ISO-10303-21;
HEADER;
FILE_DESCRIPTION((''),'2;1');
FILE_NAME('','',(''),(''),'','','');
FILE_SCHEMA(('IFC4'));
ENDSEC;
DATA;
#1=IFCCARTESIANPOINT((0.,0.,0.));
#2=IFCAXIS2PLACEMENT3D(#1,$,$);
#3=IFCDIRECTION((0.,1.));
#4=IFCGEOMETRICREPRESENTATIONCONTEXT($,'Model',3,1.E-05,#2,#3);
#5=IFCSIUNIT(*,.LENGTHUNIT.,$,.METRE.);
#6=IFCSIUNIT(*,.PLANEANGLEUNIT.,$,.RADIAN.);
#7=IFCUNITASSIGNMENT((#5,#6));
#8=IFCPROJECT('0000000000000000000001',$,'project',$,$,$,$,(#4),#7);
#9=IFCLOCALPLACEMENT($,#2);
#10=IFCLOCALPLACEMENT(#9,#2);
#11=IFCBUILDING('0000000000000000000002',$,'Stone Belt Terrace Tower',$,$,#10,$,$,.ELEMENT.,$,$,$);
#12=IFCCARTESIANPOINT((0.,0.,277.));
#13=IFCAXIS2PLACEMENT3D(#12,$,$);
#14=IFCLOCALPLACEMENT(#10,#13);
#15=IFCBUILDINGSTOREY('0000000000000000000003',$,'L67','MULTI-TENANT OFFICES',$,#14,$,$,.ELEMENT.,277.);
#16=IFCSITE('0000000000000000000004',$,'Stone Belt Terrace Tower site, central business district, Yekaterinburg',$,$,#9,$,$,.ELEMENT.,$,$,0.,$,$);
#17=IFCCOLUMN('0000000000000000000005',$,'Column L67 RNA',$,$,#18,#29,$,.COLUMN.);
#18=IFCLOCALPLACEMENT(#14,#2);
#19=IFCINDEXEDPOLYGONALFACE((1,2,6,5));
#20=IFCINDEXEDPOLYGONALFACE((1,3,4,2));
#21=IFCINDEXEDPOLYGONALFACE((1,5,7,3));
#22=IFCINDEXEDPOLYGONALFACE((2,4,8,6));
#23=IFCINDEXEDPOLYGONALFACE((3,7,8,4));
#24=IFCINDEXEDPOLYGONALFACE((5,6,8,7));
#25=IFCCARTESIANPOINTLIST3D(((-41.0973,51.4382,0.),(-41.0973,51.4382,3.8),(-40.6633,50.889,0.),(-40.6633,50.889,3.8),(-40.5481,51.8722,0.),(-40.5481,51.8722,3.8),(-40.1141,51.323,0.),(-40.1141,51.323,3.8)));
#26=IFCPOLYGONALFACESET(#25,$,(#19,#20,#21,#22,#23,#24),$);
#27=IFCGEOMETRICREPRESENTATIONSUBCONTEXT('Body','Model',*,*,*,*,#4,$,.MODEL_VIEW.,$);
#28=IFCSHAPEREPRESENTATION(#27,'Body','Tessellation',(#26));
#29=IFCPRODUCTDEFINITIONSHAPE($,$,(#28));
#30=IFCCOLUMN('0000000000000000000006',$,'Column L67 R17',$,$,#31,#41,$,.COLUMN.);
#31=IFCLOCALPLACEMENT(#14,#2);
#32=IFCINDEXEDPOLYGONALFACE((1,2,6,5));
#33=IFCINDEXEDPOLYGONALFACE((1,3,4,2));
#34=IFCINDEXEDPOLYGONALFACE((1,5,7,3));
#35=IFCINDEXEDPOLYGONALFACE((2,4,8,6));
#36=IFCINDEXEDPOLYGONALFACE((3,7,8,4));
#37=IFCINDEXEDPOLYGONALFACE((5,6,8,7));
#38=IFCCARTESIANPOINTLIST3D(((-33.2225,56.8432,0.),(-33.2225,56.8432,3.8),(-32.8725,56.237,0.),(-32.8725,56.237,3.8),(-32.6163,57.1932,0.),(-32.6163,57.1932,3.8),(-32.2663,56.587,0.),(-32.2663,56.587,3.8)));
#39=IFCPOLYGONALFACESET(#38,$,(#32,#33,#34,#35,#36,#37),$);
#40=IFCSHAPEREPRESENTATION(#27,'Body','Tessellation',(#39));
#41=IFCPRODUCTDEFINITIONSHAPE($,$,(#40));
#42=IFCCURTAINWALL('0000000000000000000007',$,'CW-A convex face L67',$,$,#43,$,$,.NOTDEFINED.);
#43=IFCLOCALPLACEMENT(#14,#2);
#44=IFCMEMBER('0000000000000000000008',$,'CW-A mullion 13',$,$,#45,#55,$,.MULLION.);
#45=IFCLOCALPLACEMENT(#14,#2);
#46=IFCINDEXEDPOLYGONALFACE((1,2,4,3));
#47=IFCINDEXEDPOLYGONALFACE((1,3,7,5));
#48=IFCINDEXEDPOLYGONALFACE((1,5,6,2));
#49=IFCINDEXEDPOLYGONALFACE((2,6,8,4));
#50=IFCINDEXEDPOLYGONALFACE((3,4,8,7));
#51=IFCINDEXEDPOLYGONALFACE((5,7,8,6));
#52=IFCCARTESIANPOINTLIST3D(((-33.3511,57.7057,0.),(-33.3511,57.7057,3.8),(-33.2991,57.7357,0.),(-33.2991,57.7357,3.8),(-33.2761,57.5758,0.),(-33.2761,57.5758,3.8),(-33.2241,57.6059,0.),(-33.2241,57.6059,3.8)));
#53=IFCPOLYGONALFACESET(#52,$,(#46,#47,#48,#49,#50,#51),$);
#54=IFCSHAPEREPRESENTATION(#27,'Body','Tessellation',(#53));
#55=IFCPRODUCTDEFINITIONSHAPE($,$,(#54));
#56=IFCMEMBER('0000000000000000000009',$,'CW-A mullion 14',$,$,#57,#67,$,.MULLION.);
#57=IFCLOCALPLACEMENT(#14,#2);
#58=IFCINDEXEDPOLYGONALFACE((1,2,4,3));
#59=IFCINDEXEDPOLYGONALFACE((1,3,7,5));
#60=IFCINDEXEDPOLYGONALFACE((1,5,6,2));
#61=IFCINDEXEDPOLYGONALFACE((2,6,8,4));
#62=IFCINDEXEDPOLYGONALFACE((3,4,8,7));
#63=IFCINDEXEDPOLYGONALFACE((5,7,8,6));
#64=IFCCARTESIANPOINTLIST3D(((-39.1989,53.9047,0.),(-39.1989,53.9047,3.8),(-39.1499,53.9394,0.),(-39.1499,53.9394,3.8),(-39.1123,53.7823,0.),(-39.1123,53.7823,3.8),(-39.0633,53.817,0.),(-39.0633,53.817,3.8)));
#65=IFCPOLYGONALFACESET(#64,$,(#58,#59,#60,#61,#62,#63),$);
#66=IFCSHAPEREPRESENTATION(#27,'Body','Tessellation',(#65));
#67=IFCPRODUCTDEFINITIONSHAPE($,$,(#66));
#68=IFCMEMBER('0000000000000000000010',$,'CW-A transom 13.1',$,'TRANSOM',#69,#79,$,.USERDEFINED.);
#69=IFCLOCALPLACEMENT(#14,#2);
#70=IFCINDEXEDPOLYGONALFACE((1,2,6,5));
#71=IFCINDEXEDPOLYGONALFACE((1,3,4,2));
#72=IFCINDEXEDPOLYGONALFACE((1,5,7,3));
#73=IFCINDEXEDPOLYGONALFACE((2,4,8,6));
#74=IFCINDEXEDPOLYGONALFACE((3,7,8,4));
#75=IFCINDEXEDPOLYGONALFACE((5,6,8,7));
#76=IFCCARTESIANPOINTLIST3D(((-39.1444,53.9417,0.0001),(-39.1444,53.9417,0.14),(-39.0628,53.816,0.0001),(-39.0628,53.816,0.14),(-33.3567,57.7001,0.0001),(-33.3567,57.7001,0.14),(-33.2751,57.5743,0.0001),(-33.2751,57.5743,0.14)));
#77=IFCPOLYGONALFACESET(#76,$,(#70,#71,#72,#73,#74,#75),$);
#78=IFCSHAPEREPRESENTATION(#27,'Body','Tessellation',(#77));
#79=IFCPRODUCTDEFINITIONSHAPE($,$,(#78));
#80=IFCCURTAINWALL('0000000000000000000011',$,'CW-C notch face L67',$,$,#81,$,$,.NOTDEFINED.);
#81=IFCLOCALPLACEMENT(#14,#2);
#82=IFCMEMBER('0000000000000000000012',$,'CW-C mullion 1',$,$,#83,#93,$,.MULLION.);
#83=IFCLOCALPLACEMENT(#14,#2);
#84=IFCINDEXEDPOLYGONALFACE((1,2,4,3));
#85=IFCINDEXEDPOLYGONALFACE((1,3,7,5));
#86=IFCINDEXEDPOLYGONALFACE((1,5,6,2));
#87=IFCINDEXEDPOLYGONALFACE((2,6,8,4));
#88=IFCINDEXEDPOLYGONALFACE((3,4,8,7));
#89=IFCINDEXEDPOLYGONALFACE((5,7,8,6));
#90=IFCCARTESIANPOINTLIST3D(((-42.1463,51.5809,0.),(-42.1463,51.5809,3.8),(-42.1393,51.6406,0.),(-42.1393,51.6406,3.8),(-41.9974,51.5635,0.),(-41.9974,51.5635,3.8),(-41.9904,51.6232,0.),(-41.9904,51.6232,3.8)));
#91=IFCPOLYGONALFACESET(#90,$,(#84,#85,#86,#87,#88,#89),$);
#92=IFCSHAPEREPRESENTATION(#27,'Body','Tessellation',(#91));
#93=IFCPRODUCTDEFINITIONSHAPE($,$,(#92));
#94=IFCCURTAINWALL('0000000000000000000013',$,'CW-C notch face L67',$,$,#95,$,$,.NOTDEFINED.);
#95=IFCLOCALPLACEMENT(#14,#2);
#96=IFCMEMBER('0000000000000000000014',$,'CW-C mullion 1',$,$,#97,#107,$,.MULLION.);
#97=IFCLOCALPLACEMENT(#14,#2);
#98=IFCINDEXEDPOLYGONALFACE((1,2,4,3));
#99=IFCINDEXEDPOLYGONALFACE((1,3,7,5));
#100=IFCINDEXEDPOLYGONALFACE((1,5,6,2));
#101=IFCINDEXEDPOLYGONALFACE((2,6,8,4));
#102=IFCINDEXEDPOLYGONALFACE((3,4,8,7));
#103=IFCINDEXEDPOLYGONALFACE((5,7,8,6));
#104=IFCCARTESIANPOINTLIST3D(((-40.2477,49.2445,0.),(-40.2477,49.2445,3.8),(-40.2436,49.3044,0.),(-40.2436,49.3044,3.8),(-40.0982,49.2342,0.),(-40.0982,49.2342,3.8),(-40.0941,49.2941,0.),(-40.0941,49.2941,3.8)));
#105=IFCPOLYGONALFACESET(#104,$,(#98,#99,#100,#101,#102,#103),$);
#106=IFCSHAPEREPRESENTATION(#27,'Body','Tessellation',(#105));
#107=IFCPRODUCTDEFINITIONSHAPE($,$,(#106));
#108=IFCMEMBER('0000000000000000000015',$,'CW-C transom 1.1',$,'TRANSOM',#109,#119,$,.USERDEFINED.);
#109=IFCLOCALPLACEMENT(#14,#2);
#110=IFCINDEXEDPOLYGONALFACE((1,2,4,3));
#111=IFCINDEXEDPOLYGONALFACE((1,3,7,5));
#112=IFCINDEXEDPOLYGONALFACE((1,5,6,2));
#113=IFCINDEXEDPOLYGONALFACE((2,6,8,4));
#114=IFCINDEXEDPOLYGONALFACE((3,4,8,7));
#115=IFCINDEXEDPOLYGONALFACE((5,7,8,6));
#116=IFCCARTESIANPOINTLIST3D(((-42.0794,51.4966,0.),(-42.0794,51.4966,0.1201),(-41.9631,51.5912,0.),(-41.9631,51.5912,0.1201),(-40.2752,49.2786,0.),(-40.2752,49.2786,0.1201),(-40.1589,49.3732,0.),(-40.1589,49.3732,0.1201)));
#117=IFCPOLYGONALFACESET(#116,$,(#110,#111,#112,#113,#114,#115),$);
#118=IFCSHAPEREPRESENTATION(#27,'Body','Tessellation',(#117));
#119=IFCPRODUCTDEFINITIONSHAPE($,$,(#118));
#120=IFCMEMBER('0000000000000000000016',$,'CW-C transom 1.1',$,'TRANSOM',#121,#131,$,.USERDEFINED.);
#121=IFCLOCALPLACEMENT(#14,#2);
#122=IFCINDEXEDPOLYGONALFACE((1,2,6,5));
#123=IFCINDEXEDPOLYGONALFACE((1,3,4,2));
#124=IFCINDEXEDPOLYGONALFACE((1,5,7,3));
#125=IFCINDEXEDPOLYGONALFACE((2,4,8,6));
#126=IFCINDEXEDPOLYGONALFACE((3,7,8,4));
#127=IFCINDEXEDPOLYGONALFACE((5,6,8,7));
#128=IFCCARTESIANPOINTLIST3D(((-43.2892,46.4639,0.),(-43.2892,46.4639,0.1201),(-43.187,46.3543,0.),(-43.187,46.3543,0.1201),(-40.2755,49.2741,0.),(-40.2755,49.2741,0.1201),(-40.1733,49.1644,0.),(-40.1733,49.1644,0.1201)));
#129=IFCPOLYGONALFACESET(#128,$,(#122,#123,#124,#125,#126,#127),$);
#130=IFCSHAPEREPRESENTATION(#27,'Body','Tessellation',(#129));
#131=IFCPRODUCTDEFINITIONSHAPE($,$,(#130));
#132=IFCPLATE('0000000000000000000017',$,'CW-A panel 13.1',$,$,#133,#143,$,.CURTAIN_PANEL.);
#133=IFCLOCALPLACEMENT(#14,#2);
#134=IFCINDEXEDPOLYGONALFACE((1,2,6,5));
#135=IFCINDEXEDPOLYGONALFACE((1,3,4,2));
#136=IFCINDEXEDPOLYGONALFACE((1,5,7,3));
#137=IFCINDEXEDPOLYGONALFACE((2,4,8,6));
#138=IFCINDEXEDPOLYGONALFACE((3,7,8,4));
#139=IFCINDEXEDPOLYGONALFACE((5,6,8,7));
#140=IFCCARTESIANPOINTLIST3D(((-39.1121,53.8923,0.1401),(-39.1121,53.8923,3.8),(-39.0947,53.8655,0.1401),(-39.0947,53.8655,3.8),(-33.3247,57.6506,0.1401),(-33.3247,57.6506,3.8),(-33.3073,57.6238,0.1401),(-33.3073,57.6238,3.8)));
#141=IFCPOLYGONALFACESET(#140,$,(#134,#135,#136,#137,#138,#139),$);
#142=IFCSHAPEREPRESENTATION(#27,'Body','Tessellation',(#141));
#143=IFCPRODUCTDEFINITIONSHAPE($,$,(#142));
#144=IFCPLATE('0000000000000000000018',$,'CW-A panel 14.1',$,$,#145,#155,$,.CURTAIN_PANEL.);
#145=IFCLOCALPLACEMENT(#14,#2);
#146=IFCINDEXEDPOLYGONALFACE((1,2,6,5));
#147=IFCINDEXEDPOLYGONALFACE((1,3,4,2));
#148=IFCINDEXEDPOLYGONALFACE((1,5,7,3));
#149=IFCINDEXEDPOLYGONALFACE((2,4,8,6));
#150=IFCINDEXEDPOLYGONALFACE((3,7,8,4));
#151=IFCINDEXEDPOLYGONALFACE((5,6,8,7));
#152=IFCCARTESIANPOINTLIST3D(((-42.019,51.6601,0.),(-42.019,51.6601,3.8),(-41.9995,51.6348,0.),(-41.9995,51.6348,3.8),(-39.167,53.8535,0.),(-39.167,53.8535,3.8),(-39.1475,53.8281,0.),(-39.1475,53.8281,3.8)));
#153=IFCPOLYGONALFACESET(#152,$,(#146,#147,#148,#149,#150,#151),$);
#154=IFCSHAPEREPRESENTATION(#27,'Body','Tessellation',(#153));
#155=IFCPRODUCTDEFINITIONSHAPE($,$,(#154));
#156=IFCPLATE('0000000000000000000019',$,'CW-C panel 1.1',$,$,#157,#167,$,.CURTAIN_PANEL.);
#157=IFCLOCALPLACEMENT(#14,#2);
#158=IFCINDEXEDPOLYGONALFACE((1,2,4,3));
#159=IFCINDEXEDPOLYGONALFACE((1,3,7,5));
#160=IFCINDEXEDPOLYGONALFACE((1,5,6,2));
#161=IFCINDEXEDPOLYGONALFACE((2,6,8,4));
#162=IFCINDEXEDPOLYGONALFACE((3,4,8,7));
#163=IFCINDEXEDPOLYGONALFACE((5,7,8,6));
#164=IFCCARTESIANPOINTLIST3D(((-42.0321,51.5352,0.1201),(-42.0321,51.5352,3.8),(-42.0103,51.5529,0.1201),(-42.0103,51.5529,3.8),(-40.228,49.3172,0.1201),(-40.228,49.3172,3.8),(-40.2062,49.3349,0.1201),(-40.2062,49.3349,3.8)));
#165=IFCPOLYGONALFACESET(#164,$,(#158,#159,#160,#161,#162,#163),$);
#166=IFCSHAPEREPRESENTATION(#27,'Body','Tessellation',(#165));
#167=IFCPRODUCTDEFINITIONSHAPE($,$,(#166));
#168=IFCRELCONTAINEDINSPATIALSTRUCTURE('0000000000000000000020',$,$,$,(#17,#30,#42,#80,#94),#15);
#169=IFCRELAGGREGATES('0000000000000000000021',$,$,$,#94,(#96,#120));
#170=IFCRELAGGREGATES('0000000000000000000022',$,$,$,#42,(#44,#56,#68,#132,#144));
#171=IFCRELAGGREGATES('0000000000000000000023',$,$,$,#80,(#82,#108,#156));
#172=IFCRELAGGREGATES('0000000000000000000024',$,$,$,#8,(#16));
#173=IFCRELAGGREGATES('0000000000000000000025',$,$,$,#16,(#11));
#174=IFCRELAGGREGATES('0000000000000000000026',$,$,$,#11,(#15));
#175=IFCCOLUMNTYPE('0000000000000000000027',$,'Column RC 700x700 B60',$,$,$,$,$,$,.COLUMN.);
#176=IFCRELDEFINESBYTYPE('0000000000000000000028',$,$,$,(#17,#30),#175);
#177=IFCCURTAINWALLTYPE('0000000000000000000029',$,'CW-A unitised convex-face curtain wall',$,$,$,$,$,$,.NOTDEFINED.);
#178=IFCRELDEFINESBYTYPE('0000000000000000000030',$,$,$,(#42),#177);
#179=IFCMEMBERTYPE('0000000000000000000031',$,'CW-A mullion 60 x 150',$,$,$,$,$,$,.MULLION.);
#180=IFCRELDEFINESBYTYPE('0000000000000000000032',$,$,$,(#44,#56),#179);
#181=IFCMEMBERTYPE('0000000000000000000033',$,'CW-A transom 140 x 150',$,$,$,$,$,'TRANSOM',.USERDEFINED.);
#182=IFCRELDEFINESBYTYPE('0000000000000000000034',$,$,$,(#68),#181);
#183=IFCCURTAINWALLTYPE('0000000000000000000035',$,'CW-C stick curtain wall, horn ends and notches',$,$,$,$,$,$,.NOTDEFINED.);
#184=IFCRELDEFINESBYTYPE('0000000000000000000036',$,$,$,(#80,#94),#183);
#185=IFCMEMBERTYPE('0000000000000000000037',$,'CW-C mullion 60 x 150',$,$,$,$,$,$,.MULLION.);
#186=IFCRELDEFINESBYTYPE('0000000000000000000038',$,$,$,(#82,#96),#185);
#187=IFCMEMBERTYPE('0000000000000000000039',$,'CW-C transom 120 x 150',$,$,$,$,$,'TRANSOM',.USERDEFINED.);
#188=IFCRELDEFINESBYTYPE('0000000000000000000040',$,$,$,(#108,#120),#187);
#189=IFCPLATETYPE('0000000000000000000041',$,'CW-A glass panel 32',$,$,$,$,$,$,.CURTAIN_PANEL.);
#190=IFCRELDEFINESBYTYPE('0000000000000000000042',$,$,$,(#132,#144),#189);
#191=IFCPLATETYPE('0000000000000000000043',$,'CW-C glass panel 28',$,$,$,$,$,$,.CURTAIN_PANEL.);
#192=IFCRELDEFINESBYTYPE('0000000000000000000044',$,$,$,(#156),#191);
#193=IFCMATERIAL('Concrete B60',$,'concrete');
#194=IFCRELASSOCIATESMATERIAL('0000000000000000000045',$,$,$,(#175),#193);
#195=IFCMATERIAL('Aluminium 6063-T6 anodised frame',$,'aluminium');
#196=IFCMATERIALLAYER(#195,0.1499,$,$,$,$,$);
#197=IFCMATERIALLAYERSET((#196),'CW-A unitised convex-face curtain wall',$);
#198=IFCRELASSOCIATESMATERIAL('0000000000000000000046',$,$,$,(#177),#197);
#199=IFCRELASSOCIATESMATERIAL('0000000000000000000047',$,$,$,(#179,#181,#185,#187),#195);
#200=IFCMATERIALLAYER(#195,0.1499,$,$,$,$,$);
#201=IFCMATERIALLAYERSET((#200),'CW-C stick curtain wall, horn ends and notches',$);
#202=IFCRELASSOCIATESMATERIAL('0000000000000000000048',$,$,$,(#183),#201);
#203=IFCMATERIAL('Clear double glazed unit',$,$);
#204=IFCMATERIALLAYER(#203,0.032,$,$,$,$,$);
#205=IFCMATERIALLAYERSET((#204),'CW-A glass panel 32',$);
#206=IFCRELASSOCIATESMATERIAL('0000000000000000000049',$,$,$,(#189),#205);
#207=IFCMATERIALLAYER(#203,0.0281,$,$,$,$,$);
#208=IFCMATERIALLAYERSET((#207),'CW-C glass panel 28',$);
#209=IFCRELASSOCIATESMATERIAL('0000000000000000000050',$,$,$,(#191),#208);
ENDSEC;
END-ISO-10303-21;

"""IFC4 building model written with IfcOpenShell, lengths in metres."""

from ifc_helpers import new_model, si_unit, direction, frame, origin, origin_2d, place, context, subcontext, project, spatial, rectangle, extrude, material, layer, layer_set, material_profile, profile_set, type_object, element, aggregate, save


model = new_model("IFC4")

# Units and contexts
model_context = context("Model", 3, precision=1e-05, world=origin(), true_north=direction((0.0, 1.0)))
body_context = subcontext(model_context, "Body", "Model", "MODEL_VIEW")
ifc_project = project(units=[si_unit("LENGTHUNIT", "METRE"), si_unit("PLANEANGLEUNIT", "RADIAN")], contexts=[model_context])

# Site, building, storey
site_placement = place(None, origin())
site = spatial("IfcSite", under=ifc_project, at=site_placement, Name="Stone Belt Terrace Tower site, central business district, Yekaterinburg", CompositionType="ELEMENT", RefElevation=0.0)
building_placement = place(site_placement, origin())
building = spatial("IfcBuilding", under=site, at=building_placement, Name="Stone Belt Terrace Tower", CompositionType="ELEMENT")
storey_placement = place(building_placement, frame((0.0, 0.0, 277.0)))
storey = spatial("IfcBuildingStorey", under=building, at=storey_placement, Name="L67", Description="MULTI-TENANT OFFICES", CompositionType="ELEMENT", Elevation=277.0)

# Columns
ifc_material_1 = material(Name="Concrete B60", Category="concrete")
ifc_material_profile_1 = material_profile(ifc_material_1, rectangle(XDim=0.7, YDim=0.7, at=origin_2d()), Name="RC 700x700")
ifc_profile_set_1 = profile_set([ifc_material_profile_1], Name="Concrete B60")
column_type = type_object("IfcColumnType", Name="Column RC 700x700 B60", PredefinedType="COLUMN", material=ifc_profile_set_1)
for number, where, z_axis, x_axis, name in (
    (1, (-40.6057, 51.3806, 0.0), (0.0, 0.0, 1.0), (0.78457, 0.620041, 0.0), "Column L67 RNA"),
    (2, (-32.7444, 56.7151, 0.0), (0.0, 0.0, 1.0), (0.866025, 0.5, 0.0), "Column L67 R17"),
):
    element("IfcColumn", number, at=place(storey_placement, frame(where, z_axis=z_axis, x_axis=x_axis)), inside=storey, type_object=column_type, Name=name, PredefinedType="COLUMN", context=body_context, shape_type="SweptSolid", body=[
        extrude(rectangle(XDim=0.7, YDim=0.7, at=origin_2d()), origin(), (0.0, 0.0, 1.0), 3.8),
    ])

# Curtain wall, members
ifc_material_2 = material(Name="Aluminium 6063-T6 anodised frame", Category="aluminium")
ifc_layer_1 = layer(ifc_material_2, 0.1499)
ifc_layer_set_1 = layer_set([ifc_layer_1], Name="CW-A unitised convex-face curtain wall")
curtain_wall_type_1 = type_object("IfcCurtainWallType", Name="CW-A unitised convex-face curtain wall", PredefinedType="NOTDEFINED", material=ifc_layer_set_1)
curtain_wall_1_placement = place(storey_placement, origin())
curtain_wall_1 = element("IfcCurtainWall", 3, at=curtain_wall_1_placement, inside=storey, type_object=curtain_wall_type_1, Name="CW-A convex face L67", PredefinedType="NOTDEFINED")
ifc_material_profile_2 = material_profile(ifc_material_2, rectangle(XDim=0.1499, YDim=0.0601, at=origin_2d()), Name="Aluminium 6063-T6 60x150")
ifc_profile_set_2 = profile_set([ifc_material_profile_2], Name="Aluminium 6063-T6 anodised frame")
member_type_1 = type_object("IfcMemberType", Name="CW-A mullion 60 x 150", PredefinedType="MULLION", material=ifc_profile_set_2)
member_1_placement = place(storey_placement, frame((-33.2876, 57.6558, 0.0), z_axis=(0.0, 0.0, 1.0), x_axis=(0.5, -0.866025, 0.0)))
member_1 = element("IfcMember", 4, at=member_1_placement, type_object=member_type_1, Name="CW-A mullion 13", PredefinedType="MULLION", context=body_context, shape_type="SweptSolid", body=[
    extrude(rectangle(XDim=0.1499, YDim=0.0601, at=origin_2d()), origin(), (0.0, 0.0, 1.0), 3.8),
])
member_2_placement = place(storey_placement, frame((-39.1311, 53.8608, 0.0), z_axis=(0.0, 0.0, 1.0), x_axis=(0.577587, -0.816329, 0.0)))
member_2 = element("IfcMember", 5, at=member_2_placement, type_object=member_type_1, Name="CW-A mullion 14", PredefinedType="MULLION", context=body_context, shape_type="SweptSolid", body=[
    extrude(rectangle(XDim=0.1499, YDim=0.0601, at=origin_2d()), origin(), (0.0, 0.0, 1.0), 3.8),
])
ifc_material_profile_3 = material_profile(ifc_material_2, rectangle(XDim=0.1499, YDim=0.1399, at=origin_2d()), Name="Aluminium 6063-T6 150x140")
ifc_profile_set_3 = profile_set([ifc_material_profile_3], Name="Aluminium 6063-T6 anodised frame")
member_type_2 = type_object("IfcMemberType", Name="CW-A transom 140 x 150", ElementType="TRANSOM", PredefinedType="USERDEFINED", material=ifc_profile_set_3)
member_3_placement = place(storey_placement, frame((-33.3159, 57.6372, 0.0701), z_axis=(-0.838684, -0.544618, 0.0), x_axis=(0.544618, -0.838684, 0.0)))
member_3 = element("IfcMember", 6, at=member_3_placement, type_object=member_type_2, Name="CW-A transom 13.1", ObjectType="TRANSOM", PredefinedType="USERDEFINED", context=body_context, shape_type="SweptSolid", body=[
    extrude(rectangle(XDim=0.1499, YDim=0.1399, at=origin_2d()), origin(), (0.0, 0.0, 1.0), 6.9009),
])

# Curtain walls, members
ifc_layer_2 = layer(ifc_material_2, 0.1499)
ifc_layer_set_2 = layer_set([ifc_layer_2], Name="CW-C stick curtain wall, horn ends and notches")
curtain_wall_type_2 = type_object("IfcCurtainWallType", Name="CW-C stick curtain wall, horn ends and notches", PredefinedType="NOTDEFINED", material=ifc_layer_set_2)
curtain_wall_2_placement = place(storey_placement, origin())
curtain_wall_2 = element("IfcCurtainWall", 7, at=curtain_wall_2_placement, inside=storey, type_object=curtain_wall_type_2, Name="CW-C notch face L67", PredefinedType="NOTDEFINED")
ifc_material_profile_4 = material_profile(ifc_material_2, rectangle(XDim=0.1499, YDim=0.0601, at=origin_2d()), Name="Aluminium 6063-T6 60x150")
ifc_profile_set_4 = profile_set([ifc_material_profile_4], Name="Aluminium 6063-T6 anodised frame")
member_type_3 = type_object("IfcMemberType", Name="CW-C mullion 60 x 150", PredefinedType="MULLION", material=ifc_profile_set_4)
member_4_placement = place(storey_placement, frame((-42.0684, 51.6021, 0.0), z_axis=(0.0, 0.0, 1.0), x_axis=(0.993258, -0.115925, 0.0)))
member_4 = element("IfcMember", 8, at=member_4_placement, type_object=member_type_3, Name="CW-C mullion 1", PredefinedType="MULLION", context=body_context, shape_type="SweptSolid", body=[
    extrude(rectangle(XDim=0.1499, YDim=0.0601, at=origin_2d()), origin(), (0.0, 0.0, 1.0), 3.8),
])
curtain_wall_3_placement = place(storey_placement, origin())
curtain_wall_3 = element("IfcCurtainWall", 9, at=curtain_wall_3_placement, inside=storey, type_object=curtain_wall_type_2, Name="CW-C notch face L67", PredefinedType="NOTDEFINED")
member_5_placement = place(storey_placement, frame((-40.1709, 49.2693, 0.0), z_axis=(0.0, 0.0, 1.0), x_axis=(0.99764, -0.068666, 0.0)))
member_5 = element("IfcMember", 10, at=member_5_placement, type_object=member_type_3, Name="CW-C mullion 1", PredefinedType="MULLION", context=body_context, shape_type="SweptSolid", body=[
    extrude(rectangle(XDim=0.1499, YDim=0.0601, at=origin_2d()), origin(), (0.0, 0.0, 1.0), 3.8),
])

# Members
ifc_material_profile_5 = material_profile(ifc_material_2, rectangle(XDim=0.1499, YDim=0.1201, at=origin_2d()), Name="Aluminium 6063-T6 150x120")
ifc_profile_set_5 = profile_set([ifc_material_profile_5], Name="Aluminium 6063-T6 anodised frame")
member_type_4 = type_object("IfcMemberType", Name="CW-C transom 120 x 150", ElementType="TRANSOM", PredefinedType="USERDEFINED", material=ifc_profile_set_5)
member_6_placement = place(storey_placement, frame((-42.0212, 51.5439, 0.0601), z_axis=(0.631027, -0.775761, 0.0), x_axis=(0.775761, 0.631027, 0.0)))
member_6 = element("IfcMember", 11, at=member_6_placement, type_object=member_type_4, Name="CW-C transom 1.1", ObjectType="TRANSOM", PredefinedType="USERDEFINED", context=body_context, shape_type="SweptSolid", body=[
    extrude(rectangle(XDim=0.1499, YDim=0.1201, at=origin_2d()), origin(), (0.0, 0.0, 1.0), 2.8591),
])
member_7_placement = place(storey_placement, frame((-40.2244, 49.2192, 0.0601), z_axis=(-0.731382, -0.681968, 0.0), x_axis=(0.681968, -0.731382, 0.0)))
member_7 = element("IfcMember", 12, at=member_7_placement, type_object=member_type_4, Name="CW-C transom 1.1", ObjectType="TRANSOM", PredefinedType="USERDEFINED", context=body_context, shape_type="SweptSolid", body=[
    extrude(rectangle(XDim=0.1499, YDim=0.1201, at=origin_2d()), origin(), (0.0, 0.0, 1.0), 4.1206),
])
aggregate(curtain_wall_3, [member_5, member_7])

# Plates
ifc_material_3 = material(Name="Clear double glazed unit")
ifc_layer_3 = layer(ifc_material_3, 0.032)
ifc_layer_set_3 = layer_set([ifc_layer_3], Name="CW-A glass panel 32")
plate_type_1 = type_object("IfcPlateType", Name="CW-A glass panel 32", PredefinedType="CURTAIN_PANEL", material=ifc_layer_set_3)
plate_1_placement = place(storey_placement, frame((-36.2097, 55.7581, 0.1401), z_axis=(0.0, 0.0, 1.0), x_axis=(-0.838671, -0.544639, 0.0)))
plate_1 = element("IfcPlate", 13, at=plate_1_placement, type_object=plate_type_1, Name="CW-A panel 13.1", PredefinedType="CURTAIN_PANEL", context=body_context, shape_type="SweptSolid", body=[
    extrude(rectangle(XDim=6.9006, YDim=0.032, at=origin_2d()), origin(), (0.0, 0.0, 1.0), 3.6599),
])
plate_2_placement = place(storey_placement, frame((-40.5833, 52.7441, 0.0), z_axis=(0.0, 0.0, 1.0), x_axis=(-0.792694, -0.60962, 0.0)))
plate_2 = element("IfcPlate", 14, at=plate_2_placement, type_object=plate_type_1, Name="CW-A panel 14.1", PredefinedType="CURTAIN_PANEL", context=body_context, shape_type="SweptSolid", body=[
    extrude(rectangle(XDim=3.5979, YDim=0.032, at=origin_2d()), origin(), (0.0, 0.0, 1.0), 3.8),
])
aggregate(curtain_wall_1, [member_1, member_2, member_3, plate_1, plate_2])
ifc_layer_4 = layer(ifc_material_3, 0.0281)
ifc_layer_set_4 = layer_set([ifc_layer_4], Name="CW-C glass panel 28")
plate_type_2 = type_object("IfcPlateType", Name="CW-C glass panel 28", PredefinedType="CURTAIN_PANEL", material=ifc_layer_set_4)
plate_3_placement = place(storey_placement, frame((-41.1191, 50.4351, 0.1201), z_axis=(0.0, 0.0, 1.0), x_axis=(0.631001, -0.775782, 0.0)))
plate_3 = element("IfcPlate", 15, at=plate_3_placement, type_object=plate_type_2, Name="CW-C panel 1.1", PredefinedType="CURTAIN_PANEL", context=body_context, shape_type="SweptSolid", body=[
    extrude(rectangle(XDim=2.8591, YDim=0.0281, at=origin_2d()), origin(), (0.0, 0.0, 1.0), 3.6799),
])
aggregate(curtain_wall_2, [member_4, member_6, plate_3])

save(model, "model.ifc")
